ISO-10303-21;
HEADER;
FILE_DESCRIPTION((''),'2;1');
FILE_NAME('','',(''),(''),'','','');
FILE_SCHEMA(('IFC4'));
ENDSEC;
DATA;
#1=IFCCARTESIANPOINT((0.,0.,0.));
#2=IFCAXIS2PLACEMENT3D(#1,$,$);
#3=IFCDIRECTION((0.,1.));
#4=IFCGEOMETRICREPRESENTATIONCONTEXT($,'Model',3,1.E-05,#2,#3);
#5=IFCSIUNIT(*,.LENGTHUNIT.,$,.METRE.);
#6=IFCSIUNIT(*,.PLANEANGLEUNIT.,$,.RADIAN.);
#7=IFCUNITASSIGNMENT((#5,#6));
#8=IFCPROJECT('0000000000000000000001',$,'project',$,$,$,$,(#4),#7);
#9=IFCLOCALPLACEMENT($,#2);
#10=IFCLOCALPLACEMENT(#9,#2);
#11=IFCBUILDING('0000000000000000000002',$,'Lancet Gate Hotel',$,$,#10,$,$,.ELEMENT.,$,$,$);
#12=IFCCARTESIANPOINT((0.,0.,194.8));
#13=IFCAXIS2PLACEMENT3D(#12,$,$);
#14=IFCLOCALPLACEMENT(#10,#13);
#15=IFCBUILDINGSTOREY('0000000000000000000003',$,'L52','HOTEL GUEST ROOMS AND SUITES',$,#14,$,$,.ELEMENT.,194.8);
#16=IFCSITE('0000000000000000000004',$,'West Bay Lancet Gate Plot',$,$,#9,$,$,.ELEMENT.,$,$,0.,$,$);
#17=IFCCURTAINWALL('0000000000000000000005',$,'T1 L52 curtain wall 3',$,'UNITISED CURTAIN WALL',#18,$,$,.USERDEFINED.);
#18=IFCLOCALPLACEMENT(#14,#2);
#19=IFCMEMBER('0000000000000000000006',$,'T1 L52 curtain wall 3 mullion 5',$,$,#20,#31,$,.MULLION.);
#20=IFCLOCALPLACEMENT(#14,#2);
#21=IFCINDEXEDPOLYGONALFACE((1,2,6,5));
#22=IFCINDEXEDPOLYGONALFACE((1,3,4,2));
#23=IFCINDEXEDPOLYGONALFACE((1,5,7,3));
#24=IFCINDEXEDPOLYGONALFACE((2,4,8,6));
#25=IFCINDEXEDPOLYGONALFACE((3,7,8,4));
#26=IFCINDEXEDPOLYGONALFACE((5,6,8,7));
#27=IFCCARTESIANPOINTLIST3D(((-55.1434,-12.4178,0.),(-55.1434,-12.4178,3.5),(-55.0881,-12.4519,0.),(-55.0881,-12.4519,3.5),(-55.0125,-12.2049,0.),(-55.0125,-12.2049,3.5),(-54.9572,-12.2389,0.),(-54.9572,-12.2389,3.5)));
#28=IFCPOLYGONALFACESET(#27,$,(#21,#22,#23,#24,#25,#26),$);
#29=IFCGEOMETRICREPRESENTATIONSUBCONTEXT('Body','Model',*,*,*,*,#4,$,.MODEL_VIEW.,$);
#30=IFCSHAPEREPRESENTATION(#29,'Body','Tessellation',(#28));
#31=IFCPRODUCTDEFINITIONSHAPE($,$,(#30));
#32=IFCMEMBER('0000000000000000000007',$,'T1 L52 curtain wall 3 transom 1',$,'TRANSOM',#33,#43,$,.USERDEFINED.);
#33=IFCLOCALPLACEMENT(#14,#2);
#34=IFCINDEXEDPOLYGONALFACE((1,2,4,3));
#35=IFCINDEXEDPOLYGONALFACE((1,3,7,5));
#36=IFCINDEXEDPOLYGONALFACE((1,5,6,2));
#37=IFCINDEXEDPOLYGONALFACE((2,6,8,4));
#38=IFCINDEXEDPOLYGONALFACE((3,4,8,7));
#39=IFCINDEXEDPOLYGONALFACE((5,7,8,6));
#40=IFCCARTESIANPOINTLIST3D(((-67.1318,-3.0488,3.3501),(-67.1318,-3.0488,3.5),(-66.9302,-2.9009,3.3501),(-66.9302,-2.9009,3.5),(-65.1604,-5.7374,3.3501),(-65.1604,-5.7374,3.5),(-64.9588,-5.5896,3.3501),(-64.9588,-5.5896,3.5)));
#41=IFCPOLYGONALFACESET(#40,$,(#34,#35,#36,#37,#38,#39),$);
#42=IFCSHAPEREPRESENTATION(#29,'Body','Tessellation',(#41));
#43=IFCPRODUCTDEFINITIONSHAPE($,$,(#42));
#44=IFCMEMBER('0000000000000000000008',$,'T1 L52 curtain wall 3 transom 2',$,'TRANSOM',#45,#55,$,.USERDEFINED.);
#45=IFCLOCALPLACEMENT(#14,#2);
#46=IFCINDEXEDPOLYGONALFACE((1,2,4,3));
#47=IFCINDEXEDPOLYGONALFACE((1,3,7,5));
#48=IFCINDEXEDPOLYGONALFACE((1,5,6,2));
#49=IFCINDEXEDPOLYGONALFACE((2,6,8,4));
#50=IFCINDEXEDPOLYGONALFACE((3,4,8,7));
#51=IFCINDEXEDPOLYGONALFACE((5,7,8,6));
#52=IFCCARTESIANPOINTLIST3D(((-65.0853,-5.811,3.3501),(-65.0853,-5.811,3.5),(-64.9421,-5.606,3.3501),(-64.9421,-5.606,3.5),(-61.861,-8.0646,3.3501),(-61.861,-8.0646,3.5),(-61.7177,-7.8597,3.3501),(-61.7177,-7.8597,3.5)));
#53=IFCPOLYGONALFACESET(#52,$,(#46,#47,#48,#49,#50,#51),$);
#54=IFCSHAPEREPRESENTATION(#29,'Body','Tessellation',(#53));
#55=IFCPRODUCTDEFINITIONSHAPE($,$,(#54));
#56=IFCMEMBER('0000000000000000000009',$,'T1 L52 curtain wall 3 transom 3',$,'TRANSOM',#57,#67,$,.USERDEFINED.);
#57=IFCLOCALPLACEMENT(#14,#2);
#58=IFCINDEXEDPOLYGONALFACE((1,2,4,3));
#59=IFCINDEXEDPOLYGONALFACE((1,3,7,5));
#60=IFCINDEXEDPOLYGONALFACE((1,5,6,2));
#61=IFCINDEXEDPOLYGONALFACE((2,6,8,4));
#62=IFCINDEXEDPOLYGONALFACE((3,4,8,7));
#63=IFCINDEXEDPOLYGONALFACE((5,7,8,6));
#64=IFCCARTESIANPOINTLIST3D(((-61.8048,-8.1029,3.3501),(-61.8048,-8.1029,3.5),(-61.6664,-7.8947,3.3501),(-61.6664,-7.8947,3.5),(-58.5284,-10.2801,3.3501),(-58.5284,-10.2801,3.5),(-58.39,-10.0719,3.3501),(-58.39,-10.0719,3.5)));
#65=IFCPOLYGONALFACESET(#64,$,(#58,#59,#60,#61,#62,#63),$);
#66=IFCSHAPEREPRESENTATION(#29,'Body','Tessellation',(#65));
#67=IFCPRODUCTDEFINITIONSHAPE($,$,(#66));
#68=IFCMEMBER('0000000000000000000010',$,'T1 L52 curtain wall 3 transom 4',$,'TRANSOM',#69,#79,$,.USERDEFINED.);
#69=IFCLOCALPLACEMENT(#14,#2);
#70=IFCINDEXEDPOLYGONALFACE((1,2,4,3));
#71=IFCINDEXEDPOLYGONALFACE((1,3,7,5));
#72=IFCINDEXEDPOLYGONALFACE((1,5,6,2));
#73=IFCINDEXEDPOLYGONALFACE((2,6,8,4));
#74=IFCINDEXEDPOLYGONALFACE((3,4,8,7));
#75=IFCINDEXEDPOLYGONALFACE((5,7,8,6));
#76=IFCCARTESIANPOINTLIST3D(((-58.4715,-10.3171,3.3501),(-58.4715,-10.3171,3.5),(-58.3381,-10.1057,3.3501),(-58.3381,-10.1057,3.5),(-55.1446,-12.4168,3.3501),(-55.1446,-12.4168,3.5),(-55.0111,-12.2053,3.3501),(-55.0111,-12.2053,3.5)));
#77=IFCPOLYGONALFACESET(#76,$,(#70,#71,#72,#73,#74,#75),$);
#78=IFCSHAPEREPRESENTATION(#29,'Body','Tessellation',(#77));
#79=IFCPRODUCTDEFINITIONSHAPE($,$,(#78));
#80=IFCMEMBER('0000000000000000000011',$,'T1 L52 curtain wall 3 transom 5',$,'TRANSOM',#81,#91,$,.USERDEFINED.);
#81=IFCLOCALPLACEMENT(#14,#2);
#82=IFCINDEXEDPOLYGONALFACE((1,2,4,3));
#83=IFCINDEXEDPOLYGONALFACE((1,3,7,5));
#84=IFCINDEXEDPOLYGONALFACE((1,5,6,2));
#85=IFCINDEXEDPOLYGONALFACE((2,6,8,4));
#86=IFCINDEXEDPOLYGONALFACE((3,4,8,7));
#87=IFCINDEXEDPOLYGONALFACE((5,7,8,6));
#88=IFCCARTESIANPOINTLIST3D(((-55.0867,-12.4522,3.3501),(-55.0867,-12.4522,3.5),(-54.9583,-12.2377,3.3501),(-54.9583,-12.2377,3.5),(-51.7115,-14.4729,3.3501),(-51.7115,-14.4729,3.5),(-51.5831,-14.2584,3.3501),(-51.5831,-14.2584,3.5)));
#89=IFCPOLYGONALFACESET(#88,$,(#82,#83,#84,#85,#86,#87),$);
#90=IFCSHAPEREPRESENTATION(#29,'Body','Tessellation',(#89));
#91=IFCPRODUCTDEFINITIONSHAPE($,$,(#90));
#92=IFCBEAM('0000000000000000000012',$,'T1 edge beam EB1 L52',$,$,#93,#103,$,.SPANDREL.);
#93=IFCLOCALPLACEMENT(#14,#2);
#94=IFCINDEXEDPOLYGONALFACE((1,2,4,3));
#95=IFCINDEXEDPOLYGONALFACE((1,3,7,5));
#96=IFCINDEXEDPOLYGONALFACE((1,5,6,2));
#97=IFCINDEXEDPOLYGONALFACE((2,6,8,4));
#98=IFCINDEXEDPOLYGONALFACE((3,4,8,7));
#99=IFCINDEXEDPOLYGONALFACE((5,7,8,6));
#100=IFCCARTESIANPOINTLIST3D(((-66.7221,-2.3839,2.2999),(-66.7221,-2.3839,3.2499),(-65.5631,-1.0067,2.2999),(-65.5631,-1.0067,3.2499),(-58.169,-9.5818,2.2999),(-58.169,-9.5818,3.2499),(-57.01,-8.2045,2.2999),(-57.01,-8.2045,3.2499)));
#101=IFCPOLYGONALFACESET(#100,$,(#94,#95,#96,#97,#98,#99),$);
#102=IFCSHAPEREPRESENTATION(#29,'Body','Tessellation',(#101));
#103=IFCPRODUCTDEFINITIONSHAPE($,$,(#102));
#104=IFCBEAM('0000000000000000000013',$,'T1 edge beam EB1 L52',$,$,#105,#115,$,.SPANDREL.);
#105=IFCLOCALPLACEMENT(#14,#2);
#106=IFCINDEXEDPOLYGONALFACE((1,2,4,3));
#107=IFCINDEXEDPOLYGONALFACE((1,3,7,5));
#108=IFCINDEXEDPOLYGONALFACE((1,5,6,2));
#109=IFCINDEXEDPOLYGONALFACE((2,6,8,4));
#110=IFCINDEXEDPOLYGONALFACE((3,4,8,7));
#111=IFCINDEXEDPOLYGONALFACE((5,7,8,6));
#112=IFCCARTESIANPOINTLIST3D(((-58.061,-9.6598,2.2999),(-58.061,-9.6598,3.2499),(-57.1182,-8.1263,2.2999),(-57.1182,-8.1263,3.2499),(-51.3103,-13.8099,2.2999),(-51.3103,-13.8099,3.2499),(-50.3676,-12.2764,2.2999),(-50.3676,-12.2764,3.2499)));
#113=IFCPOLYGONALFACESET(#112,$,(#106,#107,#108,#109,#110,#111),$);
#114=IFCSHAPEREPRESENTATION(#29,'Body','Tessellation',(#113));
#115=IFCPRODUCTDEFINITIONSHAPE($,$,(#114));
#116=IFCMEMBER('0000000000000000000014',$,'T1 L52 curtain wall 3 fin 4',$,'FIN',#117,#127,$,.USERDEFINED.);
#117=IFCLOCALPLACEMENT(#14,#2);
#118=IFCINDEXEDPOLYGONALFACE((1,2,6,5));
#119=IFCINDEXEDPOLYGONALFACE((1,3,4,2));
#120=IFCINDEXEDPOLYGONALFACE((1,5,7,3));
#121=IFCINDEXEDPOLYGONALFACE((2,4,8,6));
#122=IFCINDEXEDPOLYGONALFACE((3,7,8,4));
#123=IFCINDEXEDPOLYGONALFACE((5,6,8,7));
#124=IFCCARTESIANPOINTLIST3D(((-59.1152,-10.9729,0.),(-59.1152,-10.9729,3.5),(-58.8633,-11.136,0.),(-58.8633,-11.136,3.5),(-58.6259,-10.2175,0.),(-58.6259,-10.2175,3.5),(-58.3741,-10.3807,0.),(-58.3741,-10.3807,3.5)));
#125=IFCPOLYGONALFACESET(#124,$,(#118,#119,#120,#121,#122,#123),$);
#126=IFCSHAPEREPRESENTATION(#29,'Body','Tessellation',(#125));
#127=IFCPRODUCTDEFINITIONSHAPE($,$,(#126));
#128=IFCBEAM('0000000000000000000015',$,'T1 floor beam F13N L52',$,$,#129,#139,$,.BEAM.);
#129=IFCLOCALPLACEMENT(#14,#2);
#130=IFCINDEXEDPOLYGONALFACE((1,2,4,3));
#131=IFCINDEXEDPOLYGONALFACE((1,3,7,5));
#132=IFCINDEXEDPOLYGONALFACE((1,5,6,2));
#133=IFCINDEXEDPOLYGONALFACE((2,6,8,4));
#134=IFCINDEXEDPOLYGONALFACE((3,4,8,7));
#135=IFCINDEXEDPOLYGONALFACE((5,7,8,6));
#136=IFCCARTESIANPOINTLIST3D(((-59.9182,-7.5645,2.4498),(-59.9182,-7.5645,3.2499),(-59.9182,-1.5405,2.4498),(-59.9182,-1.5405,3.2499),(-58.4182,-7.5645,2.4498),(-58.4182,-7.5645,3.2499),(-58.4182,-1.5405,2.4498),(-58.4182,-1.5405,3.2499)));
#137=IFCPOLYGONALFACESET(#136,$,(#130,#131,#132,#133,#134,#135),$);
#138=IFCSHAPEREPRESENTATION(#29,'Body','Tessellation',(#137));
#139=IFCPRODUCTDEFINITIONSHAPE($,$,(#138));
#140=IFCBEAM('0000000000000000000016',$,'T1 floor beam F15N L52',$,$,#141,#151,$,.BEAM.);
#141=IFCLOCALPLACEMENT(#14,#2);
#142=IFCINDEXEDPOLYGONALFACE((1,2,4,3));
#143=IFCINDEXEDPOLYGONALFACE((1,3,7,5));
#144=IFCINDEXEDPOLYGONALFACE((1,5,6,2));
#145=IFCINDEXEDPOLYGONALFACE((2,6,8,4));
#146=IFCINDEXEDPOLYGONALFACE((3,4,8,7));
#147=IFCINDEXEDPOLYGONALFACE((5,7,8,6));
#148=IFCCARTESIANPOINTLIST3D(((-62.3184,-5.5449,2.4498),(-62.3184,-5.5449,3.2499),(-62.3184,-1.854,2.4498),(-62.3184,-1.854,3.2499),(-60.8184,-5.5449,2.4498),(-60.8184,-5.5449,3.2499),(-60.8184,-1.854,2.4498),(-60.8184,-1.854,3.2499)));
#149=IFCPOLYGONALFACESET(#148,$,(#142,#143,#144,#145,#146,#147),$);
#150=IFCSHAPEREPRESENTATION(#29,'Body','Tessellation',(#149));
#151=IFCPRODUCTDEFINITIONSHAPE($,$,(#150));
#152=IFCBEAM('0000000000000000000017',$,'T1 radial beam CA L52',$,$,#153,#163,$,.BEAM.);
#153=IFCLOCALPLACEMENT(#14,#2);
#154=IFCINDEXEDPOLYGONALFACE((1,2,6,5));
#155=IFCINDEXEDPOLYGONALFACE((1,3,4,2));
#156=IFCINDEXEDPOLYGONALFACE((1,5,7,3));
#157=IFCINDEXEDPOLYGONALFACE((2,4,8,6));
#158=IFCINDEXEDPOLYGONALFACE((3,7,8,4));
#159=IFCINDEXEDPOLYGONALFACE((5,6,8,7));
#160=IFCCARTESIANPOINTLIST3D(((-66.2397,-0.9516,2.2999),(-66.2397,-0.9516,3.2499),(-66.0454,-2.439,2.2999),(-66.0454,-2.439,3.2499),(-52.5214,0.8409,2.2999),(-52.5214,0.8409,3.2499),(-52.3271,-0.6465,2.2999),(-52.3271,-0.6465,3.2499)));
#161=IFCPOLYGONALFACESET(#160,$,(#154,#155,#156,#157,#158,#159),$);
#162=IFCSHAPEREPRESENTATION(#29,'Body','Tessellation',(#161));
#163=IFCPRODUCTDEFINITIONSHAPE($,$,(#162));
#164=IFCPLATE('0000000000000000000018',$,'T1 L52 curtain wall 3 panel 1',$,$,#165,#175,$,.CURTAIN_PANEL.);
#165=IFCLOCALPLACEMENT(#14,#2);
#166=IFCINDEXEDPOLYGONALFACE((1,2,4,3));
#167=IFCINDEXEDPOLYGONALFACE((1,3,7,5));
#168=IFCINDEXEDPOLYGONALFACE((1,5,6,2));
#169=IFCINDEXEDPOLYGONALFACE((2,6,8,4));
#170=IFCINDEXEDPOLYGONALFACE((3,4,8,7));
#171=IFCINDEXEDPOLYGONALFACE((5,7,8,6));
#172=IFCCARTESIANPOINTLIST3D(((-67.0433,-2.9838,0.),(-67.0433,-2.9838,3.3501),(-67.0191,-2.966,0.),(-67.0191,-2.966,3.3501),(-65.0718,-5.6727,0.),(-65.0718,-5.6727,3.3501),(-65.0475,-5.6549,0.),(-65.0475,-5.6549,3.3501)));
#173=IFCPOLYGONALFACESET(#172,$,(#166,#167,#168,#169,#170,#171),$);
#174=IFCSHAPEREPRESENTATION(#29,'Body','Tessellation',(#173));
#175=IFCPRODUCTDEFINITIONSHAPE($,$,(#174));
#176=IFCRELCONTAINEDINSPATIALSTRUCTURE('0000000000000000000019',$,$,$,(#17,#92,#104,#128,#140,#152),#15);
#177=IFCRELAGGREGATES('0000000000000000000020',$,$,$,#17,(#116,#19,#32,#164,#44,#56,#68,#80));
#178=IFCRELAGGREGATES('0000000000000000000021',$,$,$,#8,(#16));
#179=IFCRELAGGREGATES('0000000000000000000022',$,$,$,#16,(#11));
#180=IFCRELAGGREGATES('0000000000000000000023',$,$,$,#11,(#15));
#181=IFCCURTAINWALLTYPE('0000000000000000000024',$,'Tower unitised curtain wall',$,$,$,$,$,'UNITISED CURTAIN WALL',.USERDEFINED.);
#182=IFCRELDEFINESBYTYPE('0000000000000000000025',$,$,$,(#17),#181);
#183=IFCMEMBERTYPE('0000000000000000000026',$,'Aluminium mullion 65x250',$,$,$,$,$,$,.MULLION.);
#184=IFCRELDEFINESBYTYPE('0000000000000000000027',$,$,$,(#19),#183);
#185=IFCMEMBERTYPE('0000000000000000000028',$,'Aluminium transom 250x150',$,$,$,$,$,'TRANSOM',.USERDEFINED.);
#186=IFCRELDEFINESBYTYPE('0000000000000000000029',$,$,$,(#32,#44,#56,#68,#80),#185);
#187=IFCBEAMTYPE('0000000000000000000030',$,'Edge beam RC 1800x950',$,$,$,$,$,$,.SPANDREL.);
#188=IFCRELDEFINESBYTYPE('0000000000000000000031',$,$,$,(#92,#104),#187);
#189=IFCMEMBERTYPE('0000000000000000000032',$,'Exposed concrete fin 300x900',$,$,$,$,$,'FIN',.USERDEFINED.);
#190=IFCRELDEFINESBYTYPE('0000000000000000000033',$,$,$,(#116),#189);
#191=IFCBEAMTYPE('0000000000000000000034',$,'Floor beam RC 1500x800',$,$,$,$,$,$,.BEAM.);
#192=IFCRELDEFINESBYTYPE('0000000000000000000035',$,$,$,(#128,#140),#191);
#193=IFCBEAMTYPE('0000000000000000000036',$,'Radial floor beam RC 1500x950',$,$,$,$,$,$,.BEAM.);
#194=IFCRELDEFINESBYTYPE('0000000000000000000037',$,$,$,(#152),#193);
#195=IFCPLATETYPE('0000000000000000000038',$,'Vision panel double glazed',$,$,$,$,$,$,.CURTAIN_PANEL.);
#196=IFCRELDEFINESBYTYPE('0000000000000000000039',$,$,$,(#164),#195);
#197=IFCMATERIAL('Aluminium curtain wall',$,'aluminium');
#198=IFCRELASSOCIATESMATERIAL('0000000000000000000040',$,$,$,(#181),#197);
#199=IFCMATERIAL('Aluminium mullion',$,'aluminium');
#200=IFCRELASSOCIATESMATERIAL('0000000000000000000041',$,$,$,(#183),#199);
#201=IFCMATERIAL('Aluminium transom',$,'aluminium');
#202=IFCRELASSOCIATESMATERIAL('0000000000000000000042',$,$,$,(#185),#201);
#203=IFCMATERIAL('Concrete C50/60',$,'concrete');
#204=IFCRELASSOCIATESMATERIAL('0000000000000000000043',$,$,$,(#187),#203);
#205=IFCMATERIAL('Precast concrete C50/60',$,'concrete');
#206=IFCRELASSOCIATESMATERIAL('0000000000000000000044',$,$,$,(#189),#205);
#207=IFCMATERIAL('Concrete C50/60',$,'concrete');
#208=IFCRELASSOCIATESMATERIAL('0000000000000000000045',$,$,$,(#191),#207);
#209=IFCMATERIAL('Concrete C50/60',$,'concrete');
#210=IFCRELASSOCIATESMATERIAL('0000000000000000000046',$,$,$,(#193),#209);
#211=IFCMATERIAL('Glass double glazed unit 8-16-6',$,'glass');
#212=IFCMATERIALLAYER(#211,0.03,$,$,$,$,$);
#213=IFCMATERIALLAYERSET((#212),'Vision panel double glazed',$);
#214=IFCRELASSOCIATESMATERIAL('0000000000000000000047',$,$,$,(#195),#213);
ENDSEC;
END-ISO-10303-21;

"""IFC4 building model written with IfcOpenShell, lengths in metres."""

from ifc_helpers import new_model, si_unit, direction, frame, origin, origin_2d, place, context, subcontext, project, spatial, rectangle, extrude, material, layer, layer_set, material_profile, profile_set, type_object, element, aggregate, save


model = new_model("IFC4")

# Units and contexts
model_context = context("Model", 3, precision=1e-05, world=origin(), true_north=direction((0.0, 1.0)))
body_context = subcontext(model_context, "Body", "Model", "MODEL_VIEW")
ifc_project = project(units=[si_unit("LENGTHUNIT", "METRE"), si_unit("PLANEANGLEUNIT", "RADIAN")], contexts=[model_context])

# Site, building, storey
site_placement = place(None, origin())
site = spatial("IfcSite", under=ifc_project, at=site_placement, Name="West Bay Lancet Gate Plot", CompositionType="ELEMENT", RefElevation=0.0)
building_placement = place(site_placement, origin())
building = spatial("IfcBuilding", under=site, at=building_placement, Name="Lancet Gate Hotel", CompositionType="ELEMENT")
storey_placement = place(building_placement, frame((0.0, 0.0, 194.8)))
storey = spatial("IfcBuildingStorey", under=building, at=storey_placement, Name="L52", Description="HOTEL GUEST ROOMS AND SUITES", CompositionType="ELEMENT", Elevation=194.8)

# Curtain wall, members
ifc_material_1 = material(Name="Aluminium curtain wall", Category="aluminium")
curtain_wall_type = type_object("IfcCurtainWallType", Name="Tower unitised curtain wall", ElementType="UNITISED CURTAIN WALL", PredefinedType="USERDEFINED", material=ifc_material_1)
curtain_wall_placement = place(storey_placement, origin())
curtain_wall = element("IfcCurtainWall", 1, at=curtain_wall_placement, inside=storey, type_object=curtain_wall_type, Name="T1 L52 curtain wall 3", ObjectType="UNITISED CURTAIN WALL", PredefinedType="USERDEFINED")
ifc_material_2 = material(Name="Aluminium mullion", Category="aluminium")
ifc_material_profile_1 = material_profile(ifc_material_2, rectangle(XDim=0.0649, YDim=0.25, at=origin_2d()), Name="MULLION 65x250")
ifc_profile_set_1 = profile_set([ifc_material_profile_1], Name="Aluminium mullion")
member_type_1 = type_object("IfcMemberType", Name="Aluminium mullion 65x250", PredefinedType="MULLION", material=ifc_profile_set_1)
member_1_placement = place(storey_placement, frame((-55.0503, -12.3284, 0.0), z_axis=(0.0, 0.0, 1.0), x_axis=(0.851886, -0.523728, 0.0)))
member_1 = element("IfcMember", 2, at=member_1_placement, type_object=member_type_1, Name="T1 L52 curtain wall 3 mullion 5", PredefinedType="MULLION", context=body_context, shape_type="SweptSolid", body=[
    extrude(rectangle(XDim=0.0649, YDim=0.25, at=origin_2d()), origin(), (0.0, 0.0, 1.0), 3.5),
])
ifc_material_3 = material(Name="Aluminium transom", Category="aluminium")
ifc_material_profile_2 = material_profile(ifc_material_3, rectangle(XDim=0.25, YDim=0.1499, at=origin_2d()), Name="TRANSOM 250x150")
ifc_profile_set_2 = profile_set([ifc_material_profile_2], Name="Aluminium transom")
member_type_2 = type_object("IfcMemberType", Name="Aluminium transom 250x150", ElementType="TRANSOM", PredefinedType="USERDEFINED", material=ifc_profile_set_2)
member_2_placement = place(storey_placement, frame((-67.031, -2.9749, 3.425), z_axis=(0.591307, -0.806447, 0.0), x_axis=(0.806447, 0.591307, 0.0)))
member_2 = element("IfcMember", 3, at=member_2_placement, type_object=member_type_2, Name="T1 L52 curtain wall 3 transom 1", ObjectType="TRANSOM", PredefinedType="USERDEFINED", context=body_context, shape_type="SweptSolid", body=[
    extrude(rectangle(XDim=0.25, YDim=0.1499, at=origin_2d()), origin(), (0.0, 0.0, 1.0), 3.334),
])
member_3_placement = place(storey_placement, frame((-65.0137, -5.7085, 3.425), z_axis=(0.819637, -0.572883, 0.0), x_axis=(0.572883, 0.819637, 0.0)))
member_3 = element("IfcMember", 4, at=member_3_placement, type_object=member_type_2, Name="T1 L52 curtain wall 3 transom 2", ObjectType="TRANSOM", PredefinedType="USERDEFINED", context=body_context, shape_type="SweptSolid", body=[
    extrude(rectangle(XDim=0.25, YDim=0.1499, at=origin_2d()), origin(), (0.0, 0.0, 1.0), 3.9338),
])
member_4_placement = place(storey_placement, frame((-61.7356, -7.9988, 3.425), z_axis=(0.832871, -0.553468, 0.0), x_axis=(0.553468, 0.832871, 0.0)))
member_4 = element("IfcMember", 5, at=member_4_placement, type_object=member_type_2, Name="T1 L52 curtain wall 3 transom 3", ObjectType="TRANSOM", PredefinedType="USERDEFINED", context=body_context, shape_type="SweptSolid", body=[
    extrude(rectangle(XDim=0.25, YDim=0.1499, at=origin_2d()), origin(), (0.0, 0.0, 1.0), 3.9338),
])
member_5_placement = place(storey_placement, frame((-58.4048, -10.2114, 3.425), z_axis=(0.845672, -0.533703, 0.0), x_axis=(0.533703, 0.845672, 0.0)))
member_5 = element("IfcMember", 6, at=member_5_placement, type_object=member_type_2, Name="T1 L52 curtain wall 3 transom 4", ObjectType="TRANSOM", PredefinedType="USERDEFINED", context=body_context, shape_type="SweptSolid", body=[
    extrude(rectangle(XDim=0.25, YDim=0.1499, at=origin_2d()), origin(), (0.0, 0.0, 1.0), 3.9341),
])
member_6_placement = place(storey_placement, frame((-55.0225, -12.345, 3.425), z_axis=(0.857985, -0.513674, 0.0), x_axis=(0.513674, 0.857985, 0.0)))
member_6 = element("IfcMember", 7, at=member_6_placement, type_object=member_type_2, Name="T1 L52 curtain wall 3 transom 5", ObjectType="TRANSOM", PredefinedType="USERDEFINED", context=body_context, shape_type="SweptSolid", body=[
    extrude(rectangle(XDim=0.25, YDim=0.1499, at=origin_2d()), origin(), (0.0, 0.0, 1.0), 3.9338),
])

# Beams
ifc_material_4 = material(Name="Concrete C50/60", Category="concrete")
ifc_material_profile_3 = material_profile(ifc_material_4, rectangle(XDim=1.8, YDim=0.95, at=origin_2d()), Name="RC 1800x950")
ifc_profile_set_3 = profile_set([ifc_material_profile_3], Name="Concrete C50/60")
beam_type_1 = type_object("IfcBeamType", Name="Edge beam RC 1800x950", PredefinedType="SPANDREL", material=ifc_profile_set_3)
beam_1_placement = place(storey_placement, frame((-66.1426, -1.6953, 2.7749), z_axis=(0.765121, -0.643887, 0.0), x_axis=(0.643887, 0.765121, 0.0)))
element("IfcBeam", 8, at=beam_1_placement, inside=storey, type_object=beam_type_1, Name="T1 edge beam EB1 L52", PredefinedType="SPANDREL", context=body_context, shape_type="SweptSolid", body=[
    extrude(rectangle(XDim=1.8, YDim=0.95, at=origin_2d()), origin(), (0.0, 0.0, 1.0), 11.1787),
])
beam_2_placement = place(storey_placement, frame((-57.5896, -8.8931, 2.7749), z_axis=(0.851892, -0.523717, 0.0), x_axis=(0.523717, 0.851892, 0.0)))
element("IfcBeam", 9, at=beam_2_placement, inside=storey, type_object=beam_type_1, Name="T1 edge beam EB1 L52", PredefinedType="SPANDREL", context=body_context, shape_type="SweptSolid", body=[
    extrude(rectangle(XDim=1.8, YDim=0.95, at=origin_2d()), origin(), (0.0, 0.0, 1.0), 7.9243),
])

# Member
ifc_material_5 = material(Name="Precast concrete C50/60", Category="concrete")
ifc_material_profile_4 = material_profile(ifc_material_5, rectangle(XDim=0.3, YDim=0.8999, at=origin_2d()), Name="FIN 300x900")
ifc_profile_set_4 = profile_set([ifc_material_profile_4], Name="Precast concrete C50/60")
member_type_3 = type_object("IfcMemberType", Name="Exposed concrete fin 300x900", ElementType="FIN", PredefinedType="USERDEFINED", material=ifc_profile_set_4)
member_7_placement = place(storey_placement, frame((-58.7446, -10.6768, 0.0), z_axis=(0.0, 0.0, 1.0), x_axis=(0.839331, -0.543621, 0.0)))
member_7 = element("IfcMember", 10, at=member_7_placement, type_object=member_type_3, Name="T1 L52 curtain wall 3 fin 4", ObjectType="FIN", PredefinedType="USERDEFINED", context=body_context, shape_type="SweptSolid", body=[
    extrude(rectangle(XDim=0.3, YDim=0.8999, at=origin_2d()), origin(), (0.0, 0.0, 1.0), 3.5),
])

# Beams
ifc_material_6 = material(Name="Concrete C50/60", Category="concrete")
ifc_material_profile_5 = material_profile(ifc_material_6, rectangle(XDim=1.5, YDim=0.8, at=origin_2d()), Name="RC 1500x800")
ifc_profile_set_5 = profile_set([ifc_material_profile_5], Name="Concrete C50/60")
beam_type_2 = type_object("IfcBeamType", Name="Floor beam RC 1500x800", PredefinedType="BEAM", material=ifc_profile_set_5)
beam_3_placement = place(storey_placement, frame((-59.1682, -1.5405, 2.8499), z_axis=(0.0, -1.0, 0.0), x_axis=(1.0, 0.0, 0.0)))
element("IfcBeam", 11, at=beam_3_placement, inside=storey, type_object=beam_type_2, Name="T1 floor beam F13N L52", PredefinedType="BEAM", context=body_context, shape_type="SweptSolid", body=[
    extrude(rectangle(XDim=1.5, YDim=0.8, at=origin_2d()), origin(), (0.0, 0.0, 1.0), 6.0239),
])
beam_4_placement = place(storey_placement, frame((-61.5684, -1.854, 2.8499), z_axis=(0.0, -1.0, 0.0), x_axis=(1.0, 0.0, 0.0)))
element("IfcBeam", 12, at=beam_4_placement, inside=storey, type_object=beam_type_2, Name="T1 floor beam F15N L52", PredefinedType="BEAM", context=body_context, shape_type="SweptSolid", body=[
    extrude(rectangle(XDim=1.5, YDim=0.8, at=origin_2d()), origin(), (0.0, 0.0, 1.0), 3.6909),
])
ifc_material_7 = material(Name="Concrete C50/60", Category="concrete")
ifc_material_profile_6 = material_profile(ifc_material_7, rectangle(XDim=1.5, YDim=0.95, at=origin_2d()), Name="RC 1500x950")
ifc_profile_set_6 = profile_set([ifc_material_profile_6], Name="Concrete C50/60")
beam_type_3 = type_object("IfcBeamType", Name="Radial floor beam RC 1500x950", PredefinedType="BEAM", material=ifc_profile_set_6)
beam_5_placement = place(storey_placement, frame((-66.1426, -1.6953, 2.7749), z_axis=(0.991571, 0.129562, 0.0), x_axis=(-0.129562, 0.991571, 0.0)))
element("IfcBeam", 13, at=beam_5_placement, inside=storey, type_object=beam_type_3, Name="T1 radial beam CA L52", PredefinedType="BEAM", context=body_context, shape_type="SweptSolid", body=[
    extrude(rectangle(XDim=1.5, YDim=0.95, at=origin_2d()), origin(), (0.0, 0.0, 1.0), 13.835),
])

# Plate
ifc_material_8 = material(Name="Glass double glazed unit 8-16-6", Category="glass")
ifc_layer_1 = layer(ifc_material_8, 0.03)
ifc_layer_set_1 = layer_set([ifc_layer_1], Name="Vision panel double glazed")
plate_type = type_object("IfcPlateType", Name="Vision panel double glazed", PredefinedType="CURTAIN_PANEL", material=ifc_layer_set_1)
plate_1_placement = place(storey_placement, frame((-66.0454, -4.3193, 0.0), z_axis=(0.0, 0.0, 1.0), x_axis=(0.5913, -0.806452, 0.0)))
plate_1 = element("IfcPlate", 14, at=plate_1_placement, type_object=plate_type, Name="T1 L52 curtain wall 3 panel 1", PredefinedType="CURTAIN_PANEL", context=body_context, shape_type="SweptSolid", body=[
    extrude(rectangle(XDim=3.3342, YDim=0.03, at=origin_2d()), origin(), (0.0, 0.0, 1.0), 3.3501),
])
aggregate(curtain_wall, [member_7, member_1, member_2, plate_1, member_3, member_4, member_5, member_6])

save(model, "model.ifc")
